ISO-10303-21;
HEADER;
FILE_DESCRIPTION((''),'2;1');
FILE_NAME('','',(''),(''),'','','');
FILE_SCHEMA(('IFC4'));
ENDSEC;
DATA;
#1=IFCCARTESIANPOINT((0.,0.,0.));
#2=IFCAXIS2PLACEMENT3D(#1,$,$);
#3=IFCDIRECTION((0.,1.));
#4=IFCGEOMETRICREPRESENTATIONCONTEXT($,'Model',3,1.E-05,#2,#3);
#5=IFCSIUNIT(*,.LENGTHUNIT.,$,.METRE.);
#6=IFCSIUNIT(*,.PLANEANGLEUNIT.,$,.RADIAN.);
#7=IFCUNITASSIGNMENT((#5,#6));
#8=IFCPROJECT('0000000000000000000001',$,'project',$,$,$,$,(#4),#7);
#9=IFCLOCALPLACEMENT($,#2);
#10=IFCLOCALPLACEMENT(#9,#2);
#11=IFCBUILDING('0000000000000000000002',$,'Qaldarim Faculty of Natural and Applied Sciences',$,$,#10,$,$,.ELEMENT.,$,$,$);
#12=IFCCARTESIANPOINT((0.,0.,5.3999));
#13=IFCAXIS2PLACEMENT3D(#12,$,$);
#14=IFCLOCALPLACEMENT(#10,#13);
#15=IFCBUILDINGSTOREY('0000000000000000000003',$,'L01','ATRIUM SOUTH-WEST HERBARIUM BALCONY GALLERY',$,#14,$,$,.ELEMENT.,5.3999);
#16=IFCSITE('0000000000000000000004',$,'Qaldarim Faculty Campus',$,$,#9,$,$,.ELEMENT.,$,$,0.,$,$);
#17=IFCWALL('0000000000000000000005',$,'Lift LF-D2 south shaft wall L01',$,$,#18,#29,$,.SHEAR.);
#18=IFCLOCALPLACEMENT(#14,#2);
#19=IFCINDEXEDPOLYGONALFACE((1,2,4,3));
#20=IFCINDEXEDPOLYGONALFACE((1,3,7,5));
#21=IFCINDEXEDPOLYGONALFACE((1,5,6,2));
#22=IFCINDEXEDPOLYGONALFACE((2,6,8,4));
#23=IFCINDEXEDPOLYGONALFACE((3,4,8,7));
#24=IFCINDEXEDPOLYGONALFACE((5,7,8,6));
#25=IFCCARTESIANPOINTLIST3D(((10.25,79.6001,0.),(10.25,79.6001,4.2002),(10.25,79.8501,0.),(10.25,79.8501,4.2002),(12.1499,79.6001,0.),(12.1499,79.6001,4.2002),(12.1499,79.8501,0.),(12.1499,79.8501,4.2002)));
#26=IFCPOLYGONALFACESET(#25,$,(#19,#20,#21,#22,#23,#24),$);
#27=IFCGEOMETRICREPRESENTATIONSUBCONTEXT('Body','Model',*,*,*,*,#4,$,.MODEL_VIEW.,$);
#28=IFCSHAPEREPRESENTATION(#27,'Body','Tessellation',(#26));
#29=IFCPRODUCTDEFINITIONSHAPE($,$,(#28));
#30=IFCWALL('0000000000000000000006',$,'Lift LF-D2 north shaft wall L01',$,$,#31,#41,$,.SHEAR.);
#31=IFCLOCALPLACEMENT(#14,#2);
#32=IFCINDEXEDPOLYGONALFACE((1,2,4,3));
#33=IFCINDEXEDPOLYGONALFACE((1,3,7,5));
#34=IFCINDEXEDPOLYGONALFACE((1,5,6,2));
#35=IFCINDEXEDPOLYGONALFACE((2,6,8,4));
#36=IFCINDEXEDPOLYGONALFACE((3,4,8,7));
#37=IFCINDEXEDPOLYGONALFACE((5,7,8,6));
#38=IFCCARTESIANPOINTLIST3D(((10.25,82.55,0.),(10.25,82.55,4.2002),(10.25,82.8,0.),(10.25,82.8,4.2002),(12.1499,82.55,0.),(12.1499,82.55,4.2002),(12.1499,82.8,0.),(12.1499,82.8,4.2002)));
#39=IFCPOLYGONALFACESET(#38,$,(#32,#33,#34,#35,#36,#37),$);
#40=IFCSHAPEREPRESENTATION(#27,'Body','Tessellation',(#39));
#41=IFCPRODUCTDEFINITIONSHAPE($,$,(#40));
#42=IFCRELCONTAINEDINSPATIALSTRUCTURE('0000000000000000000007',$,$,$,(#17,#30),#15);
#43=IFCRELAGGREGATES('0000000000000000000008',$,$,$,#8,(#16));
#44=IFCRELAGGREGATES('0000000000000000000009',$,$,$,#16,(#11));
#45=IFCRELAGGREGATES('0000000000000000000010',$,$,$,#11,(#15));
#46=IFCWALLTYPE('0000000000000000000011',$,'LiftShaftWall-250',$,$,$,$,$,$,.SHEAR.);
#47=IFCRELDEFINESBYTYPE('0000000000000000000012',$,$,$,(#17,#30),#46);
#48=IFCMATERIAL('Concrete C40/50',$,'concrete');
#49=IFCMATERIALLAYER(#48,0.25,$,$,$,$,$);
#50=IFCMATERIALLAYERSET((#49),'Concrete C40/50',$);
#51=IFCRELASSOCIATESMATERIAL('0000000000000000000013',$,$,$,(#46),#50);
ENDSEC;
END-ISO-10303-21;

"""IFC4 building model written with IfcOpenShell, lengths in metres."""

from ifc_helpers import new_model, si_unit, direction, frame, frame_2d, origin, place, context, subcontext, project, spatial, rectangle, extrude, material, layer, layer_set, type_object, element, save


model = new_model("IFC4")

# Units and contexts
model_context = context("Model", 3, precision=1e-05, world=origin(), true_north=direction((0.0, 1.0)))
body_context = subcontext(model_context, "Body", "Model", "MODEL_VIEW")
ifc_project = project(units=[si_unit("LENGTHUNIT", "METRE"), si_unit("PLANEANGLEUNIT", "RADIAN")], contexts=[model_context])

# Site, building, storey
site_placement = place(None, origin())
site = spatial("IfcSite", under=ifc_project, at=site_placement, Name="Qaldarim Faculty Campus", CompositionType="ELEMENT", RefElevation=0.0)
building_placement = place(site_placement, origin())
building = spatial("IfcBuilding", under=site, at=building_placement, Name="Qaldarim Faculty of Natural and Applied Sciences", CompositionType="ELEMENT")
storey_placement = place(building_placement, frame((0.0, 0.0, 5.3999)))
storey = spatial("IfcBuildingStorey", under=building, at=storey_placement, Name="L01", Description="ATRIUM SOUTH-WEST HERBARIUM BALCONY GALLERY", CompositionType="ELEMENT", Elevation=5.3999)

# Shared definitions
ifc_material_1 = material(Name="Concrete C40/50", Category="concrete")

# Walls
ifc_layer_1 = layer(ifc_material_1, 0.25)
ifc_layer_set_1 = layer_set([ifc_layer_1], Name="Concrete C40/50")
wall_type_1 = type_object("IfcWallType", Name="LiftShaftWall-250", PredefinedType="SHEAR", material=ifc_layer_set_1)
for number, where, z_axis, x_axis, name in (
    (1, (10.25, 79.7251, 0.0), (0.0, 0.0, 1.0), (1.0, 0.0, 0.0), "Lift LF-D2 south shaft wall L01"),
    (2, (10.25, 82.675, 0.0), (0.0, 0.0, 1.0), (1.0, 0.0, 0.0), "Lift LF-D2 north shaft wall L01"),
):
    element("IfcWall", number, at=place(storey_placement, frame(where, z_axis=z_axis, x_axis=x_axis)), inside=storey, type_object=wall_type_1, Name=name, PredefinedType="SHEAR", context=body_context, shape_type="SweptSolid", body=[
        extrude(rectangle(XDim=1.8999, YDim=0.25, at=frame_2d((0.95, 0.0))), origin(), (0.0, 0.0, 1.0), 4.2002),
    ])

save(model, "model.ifc")
